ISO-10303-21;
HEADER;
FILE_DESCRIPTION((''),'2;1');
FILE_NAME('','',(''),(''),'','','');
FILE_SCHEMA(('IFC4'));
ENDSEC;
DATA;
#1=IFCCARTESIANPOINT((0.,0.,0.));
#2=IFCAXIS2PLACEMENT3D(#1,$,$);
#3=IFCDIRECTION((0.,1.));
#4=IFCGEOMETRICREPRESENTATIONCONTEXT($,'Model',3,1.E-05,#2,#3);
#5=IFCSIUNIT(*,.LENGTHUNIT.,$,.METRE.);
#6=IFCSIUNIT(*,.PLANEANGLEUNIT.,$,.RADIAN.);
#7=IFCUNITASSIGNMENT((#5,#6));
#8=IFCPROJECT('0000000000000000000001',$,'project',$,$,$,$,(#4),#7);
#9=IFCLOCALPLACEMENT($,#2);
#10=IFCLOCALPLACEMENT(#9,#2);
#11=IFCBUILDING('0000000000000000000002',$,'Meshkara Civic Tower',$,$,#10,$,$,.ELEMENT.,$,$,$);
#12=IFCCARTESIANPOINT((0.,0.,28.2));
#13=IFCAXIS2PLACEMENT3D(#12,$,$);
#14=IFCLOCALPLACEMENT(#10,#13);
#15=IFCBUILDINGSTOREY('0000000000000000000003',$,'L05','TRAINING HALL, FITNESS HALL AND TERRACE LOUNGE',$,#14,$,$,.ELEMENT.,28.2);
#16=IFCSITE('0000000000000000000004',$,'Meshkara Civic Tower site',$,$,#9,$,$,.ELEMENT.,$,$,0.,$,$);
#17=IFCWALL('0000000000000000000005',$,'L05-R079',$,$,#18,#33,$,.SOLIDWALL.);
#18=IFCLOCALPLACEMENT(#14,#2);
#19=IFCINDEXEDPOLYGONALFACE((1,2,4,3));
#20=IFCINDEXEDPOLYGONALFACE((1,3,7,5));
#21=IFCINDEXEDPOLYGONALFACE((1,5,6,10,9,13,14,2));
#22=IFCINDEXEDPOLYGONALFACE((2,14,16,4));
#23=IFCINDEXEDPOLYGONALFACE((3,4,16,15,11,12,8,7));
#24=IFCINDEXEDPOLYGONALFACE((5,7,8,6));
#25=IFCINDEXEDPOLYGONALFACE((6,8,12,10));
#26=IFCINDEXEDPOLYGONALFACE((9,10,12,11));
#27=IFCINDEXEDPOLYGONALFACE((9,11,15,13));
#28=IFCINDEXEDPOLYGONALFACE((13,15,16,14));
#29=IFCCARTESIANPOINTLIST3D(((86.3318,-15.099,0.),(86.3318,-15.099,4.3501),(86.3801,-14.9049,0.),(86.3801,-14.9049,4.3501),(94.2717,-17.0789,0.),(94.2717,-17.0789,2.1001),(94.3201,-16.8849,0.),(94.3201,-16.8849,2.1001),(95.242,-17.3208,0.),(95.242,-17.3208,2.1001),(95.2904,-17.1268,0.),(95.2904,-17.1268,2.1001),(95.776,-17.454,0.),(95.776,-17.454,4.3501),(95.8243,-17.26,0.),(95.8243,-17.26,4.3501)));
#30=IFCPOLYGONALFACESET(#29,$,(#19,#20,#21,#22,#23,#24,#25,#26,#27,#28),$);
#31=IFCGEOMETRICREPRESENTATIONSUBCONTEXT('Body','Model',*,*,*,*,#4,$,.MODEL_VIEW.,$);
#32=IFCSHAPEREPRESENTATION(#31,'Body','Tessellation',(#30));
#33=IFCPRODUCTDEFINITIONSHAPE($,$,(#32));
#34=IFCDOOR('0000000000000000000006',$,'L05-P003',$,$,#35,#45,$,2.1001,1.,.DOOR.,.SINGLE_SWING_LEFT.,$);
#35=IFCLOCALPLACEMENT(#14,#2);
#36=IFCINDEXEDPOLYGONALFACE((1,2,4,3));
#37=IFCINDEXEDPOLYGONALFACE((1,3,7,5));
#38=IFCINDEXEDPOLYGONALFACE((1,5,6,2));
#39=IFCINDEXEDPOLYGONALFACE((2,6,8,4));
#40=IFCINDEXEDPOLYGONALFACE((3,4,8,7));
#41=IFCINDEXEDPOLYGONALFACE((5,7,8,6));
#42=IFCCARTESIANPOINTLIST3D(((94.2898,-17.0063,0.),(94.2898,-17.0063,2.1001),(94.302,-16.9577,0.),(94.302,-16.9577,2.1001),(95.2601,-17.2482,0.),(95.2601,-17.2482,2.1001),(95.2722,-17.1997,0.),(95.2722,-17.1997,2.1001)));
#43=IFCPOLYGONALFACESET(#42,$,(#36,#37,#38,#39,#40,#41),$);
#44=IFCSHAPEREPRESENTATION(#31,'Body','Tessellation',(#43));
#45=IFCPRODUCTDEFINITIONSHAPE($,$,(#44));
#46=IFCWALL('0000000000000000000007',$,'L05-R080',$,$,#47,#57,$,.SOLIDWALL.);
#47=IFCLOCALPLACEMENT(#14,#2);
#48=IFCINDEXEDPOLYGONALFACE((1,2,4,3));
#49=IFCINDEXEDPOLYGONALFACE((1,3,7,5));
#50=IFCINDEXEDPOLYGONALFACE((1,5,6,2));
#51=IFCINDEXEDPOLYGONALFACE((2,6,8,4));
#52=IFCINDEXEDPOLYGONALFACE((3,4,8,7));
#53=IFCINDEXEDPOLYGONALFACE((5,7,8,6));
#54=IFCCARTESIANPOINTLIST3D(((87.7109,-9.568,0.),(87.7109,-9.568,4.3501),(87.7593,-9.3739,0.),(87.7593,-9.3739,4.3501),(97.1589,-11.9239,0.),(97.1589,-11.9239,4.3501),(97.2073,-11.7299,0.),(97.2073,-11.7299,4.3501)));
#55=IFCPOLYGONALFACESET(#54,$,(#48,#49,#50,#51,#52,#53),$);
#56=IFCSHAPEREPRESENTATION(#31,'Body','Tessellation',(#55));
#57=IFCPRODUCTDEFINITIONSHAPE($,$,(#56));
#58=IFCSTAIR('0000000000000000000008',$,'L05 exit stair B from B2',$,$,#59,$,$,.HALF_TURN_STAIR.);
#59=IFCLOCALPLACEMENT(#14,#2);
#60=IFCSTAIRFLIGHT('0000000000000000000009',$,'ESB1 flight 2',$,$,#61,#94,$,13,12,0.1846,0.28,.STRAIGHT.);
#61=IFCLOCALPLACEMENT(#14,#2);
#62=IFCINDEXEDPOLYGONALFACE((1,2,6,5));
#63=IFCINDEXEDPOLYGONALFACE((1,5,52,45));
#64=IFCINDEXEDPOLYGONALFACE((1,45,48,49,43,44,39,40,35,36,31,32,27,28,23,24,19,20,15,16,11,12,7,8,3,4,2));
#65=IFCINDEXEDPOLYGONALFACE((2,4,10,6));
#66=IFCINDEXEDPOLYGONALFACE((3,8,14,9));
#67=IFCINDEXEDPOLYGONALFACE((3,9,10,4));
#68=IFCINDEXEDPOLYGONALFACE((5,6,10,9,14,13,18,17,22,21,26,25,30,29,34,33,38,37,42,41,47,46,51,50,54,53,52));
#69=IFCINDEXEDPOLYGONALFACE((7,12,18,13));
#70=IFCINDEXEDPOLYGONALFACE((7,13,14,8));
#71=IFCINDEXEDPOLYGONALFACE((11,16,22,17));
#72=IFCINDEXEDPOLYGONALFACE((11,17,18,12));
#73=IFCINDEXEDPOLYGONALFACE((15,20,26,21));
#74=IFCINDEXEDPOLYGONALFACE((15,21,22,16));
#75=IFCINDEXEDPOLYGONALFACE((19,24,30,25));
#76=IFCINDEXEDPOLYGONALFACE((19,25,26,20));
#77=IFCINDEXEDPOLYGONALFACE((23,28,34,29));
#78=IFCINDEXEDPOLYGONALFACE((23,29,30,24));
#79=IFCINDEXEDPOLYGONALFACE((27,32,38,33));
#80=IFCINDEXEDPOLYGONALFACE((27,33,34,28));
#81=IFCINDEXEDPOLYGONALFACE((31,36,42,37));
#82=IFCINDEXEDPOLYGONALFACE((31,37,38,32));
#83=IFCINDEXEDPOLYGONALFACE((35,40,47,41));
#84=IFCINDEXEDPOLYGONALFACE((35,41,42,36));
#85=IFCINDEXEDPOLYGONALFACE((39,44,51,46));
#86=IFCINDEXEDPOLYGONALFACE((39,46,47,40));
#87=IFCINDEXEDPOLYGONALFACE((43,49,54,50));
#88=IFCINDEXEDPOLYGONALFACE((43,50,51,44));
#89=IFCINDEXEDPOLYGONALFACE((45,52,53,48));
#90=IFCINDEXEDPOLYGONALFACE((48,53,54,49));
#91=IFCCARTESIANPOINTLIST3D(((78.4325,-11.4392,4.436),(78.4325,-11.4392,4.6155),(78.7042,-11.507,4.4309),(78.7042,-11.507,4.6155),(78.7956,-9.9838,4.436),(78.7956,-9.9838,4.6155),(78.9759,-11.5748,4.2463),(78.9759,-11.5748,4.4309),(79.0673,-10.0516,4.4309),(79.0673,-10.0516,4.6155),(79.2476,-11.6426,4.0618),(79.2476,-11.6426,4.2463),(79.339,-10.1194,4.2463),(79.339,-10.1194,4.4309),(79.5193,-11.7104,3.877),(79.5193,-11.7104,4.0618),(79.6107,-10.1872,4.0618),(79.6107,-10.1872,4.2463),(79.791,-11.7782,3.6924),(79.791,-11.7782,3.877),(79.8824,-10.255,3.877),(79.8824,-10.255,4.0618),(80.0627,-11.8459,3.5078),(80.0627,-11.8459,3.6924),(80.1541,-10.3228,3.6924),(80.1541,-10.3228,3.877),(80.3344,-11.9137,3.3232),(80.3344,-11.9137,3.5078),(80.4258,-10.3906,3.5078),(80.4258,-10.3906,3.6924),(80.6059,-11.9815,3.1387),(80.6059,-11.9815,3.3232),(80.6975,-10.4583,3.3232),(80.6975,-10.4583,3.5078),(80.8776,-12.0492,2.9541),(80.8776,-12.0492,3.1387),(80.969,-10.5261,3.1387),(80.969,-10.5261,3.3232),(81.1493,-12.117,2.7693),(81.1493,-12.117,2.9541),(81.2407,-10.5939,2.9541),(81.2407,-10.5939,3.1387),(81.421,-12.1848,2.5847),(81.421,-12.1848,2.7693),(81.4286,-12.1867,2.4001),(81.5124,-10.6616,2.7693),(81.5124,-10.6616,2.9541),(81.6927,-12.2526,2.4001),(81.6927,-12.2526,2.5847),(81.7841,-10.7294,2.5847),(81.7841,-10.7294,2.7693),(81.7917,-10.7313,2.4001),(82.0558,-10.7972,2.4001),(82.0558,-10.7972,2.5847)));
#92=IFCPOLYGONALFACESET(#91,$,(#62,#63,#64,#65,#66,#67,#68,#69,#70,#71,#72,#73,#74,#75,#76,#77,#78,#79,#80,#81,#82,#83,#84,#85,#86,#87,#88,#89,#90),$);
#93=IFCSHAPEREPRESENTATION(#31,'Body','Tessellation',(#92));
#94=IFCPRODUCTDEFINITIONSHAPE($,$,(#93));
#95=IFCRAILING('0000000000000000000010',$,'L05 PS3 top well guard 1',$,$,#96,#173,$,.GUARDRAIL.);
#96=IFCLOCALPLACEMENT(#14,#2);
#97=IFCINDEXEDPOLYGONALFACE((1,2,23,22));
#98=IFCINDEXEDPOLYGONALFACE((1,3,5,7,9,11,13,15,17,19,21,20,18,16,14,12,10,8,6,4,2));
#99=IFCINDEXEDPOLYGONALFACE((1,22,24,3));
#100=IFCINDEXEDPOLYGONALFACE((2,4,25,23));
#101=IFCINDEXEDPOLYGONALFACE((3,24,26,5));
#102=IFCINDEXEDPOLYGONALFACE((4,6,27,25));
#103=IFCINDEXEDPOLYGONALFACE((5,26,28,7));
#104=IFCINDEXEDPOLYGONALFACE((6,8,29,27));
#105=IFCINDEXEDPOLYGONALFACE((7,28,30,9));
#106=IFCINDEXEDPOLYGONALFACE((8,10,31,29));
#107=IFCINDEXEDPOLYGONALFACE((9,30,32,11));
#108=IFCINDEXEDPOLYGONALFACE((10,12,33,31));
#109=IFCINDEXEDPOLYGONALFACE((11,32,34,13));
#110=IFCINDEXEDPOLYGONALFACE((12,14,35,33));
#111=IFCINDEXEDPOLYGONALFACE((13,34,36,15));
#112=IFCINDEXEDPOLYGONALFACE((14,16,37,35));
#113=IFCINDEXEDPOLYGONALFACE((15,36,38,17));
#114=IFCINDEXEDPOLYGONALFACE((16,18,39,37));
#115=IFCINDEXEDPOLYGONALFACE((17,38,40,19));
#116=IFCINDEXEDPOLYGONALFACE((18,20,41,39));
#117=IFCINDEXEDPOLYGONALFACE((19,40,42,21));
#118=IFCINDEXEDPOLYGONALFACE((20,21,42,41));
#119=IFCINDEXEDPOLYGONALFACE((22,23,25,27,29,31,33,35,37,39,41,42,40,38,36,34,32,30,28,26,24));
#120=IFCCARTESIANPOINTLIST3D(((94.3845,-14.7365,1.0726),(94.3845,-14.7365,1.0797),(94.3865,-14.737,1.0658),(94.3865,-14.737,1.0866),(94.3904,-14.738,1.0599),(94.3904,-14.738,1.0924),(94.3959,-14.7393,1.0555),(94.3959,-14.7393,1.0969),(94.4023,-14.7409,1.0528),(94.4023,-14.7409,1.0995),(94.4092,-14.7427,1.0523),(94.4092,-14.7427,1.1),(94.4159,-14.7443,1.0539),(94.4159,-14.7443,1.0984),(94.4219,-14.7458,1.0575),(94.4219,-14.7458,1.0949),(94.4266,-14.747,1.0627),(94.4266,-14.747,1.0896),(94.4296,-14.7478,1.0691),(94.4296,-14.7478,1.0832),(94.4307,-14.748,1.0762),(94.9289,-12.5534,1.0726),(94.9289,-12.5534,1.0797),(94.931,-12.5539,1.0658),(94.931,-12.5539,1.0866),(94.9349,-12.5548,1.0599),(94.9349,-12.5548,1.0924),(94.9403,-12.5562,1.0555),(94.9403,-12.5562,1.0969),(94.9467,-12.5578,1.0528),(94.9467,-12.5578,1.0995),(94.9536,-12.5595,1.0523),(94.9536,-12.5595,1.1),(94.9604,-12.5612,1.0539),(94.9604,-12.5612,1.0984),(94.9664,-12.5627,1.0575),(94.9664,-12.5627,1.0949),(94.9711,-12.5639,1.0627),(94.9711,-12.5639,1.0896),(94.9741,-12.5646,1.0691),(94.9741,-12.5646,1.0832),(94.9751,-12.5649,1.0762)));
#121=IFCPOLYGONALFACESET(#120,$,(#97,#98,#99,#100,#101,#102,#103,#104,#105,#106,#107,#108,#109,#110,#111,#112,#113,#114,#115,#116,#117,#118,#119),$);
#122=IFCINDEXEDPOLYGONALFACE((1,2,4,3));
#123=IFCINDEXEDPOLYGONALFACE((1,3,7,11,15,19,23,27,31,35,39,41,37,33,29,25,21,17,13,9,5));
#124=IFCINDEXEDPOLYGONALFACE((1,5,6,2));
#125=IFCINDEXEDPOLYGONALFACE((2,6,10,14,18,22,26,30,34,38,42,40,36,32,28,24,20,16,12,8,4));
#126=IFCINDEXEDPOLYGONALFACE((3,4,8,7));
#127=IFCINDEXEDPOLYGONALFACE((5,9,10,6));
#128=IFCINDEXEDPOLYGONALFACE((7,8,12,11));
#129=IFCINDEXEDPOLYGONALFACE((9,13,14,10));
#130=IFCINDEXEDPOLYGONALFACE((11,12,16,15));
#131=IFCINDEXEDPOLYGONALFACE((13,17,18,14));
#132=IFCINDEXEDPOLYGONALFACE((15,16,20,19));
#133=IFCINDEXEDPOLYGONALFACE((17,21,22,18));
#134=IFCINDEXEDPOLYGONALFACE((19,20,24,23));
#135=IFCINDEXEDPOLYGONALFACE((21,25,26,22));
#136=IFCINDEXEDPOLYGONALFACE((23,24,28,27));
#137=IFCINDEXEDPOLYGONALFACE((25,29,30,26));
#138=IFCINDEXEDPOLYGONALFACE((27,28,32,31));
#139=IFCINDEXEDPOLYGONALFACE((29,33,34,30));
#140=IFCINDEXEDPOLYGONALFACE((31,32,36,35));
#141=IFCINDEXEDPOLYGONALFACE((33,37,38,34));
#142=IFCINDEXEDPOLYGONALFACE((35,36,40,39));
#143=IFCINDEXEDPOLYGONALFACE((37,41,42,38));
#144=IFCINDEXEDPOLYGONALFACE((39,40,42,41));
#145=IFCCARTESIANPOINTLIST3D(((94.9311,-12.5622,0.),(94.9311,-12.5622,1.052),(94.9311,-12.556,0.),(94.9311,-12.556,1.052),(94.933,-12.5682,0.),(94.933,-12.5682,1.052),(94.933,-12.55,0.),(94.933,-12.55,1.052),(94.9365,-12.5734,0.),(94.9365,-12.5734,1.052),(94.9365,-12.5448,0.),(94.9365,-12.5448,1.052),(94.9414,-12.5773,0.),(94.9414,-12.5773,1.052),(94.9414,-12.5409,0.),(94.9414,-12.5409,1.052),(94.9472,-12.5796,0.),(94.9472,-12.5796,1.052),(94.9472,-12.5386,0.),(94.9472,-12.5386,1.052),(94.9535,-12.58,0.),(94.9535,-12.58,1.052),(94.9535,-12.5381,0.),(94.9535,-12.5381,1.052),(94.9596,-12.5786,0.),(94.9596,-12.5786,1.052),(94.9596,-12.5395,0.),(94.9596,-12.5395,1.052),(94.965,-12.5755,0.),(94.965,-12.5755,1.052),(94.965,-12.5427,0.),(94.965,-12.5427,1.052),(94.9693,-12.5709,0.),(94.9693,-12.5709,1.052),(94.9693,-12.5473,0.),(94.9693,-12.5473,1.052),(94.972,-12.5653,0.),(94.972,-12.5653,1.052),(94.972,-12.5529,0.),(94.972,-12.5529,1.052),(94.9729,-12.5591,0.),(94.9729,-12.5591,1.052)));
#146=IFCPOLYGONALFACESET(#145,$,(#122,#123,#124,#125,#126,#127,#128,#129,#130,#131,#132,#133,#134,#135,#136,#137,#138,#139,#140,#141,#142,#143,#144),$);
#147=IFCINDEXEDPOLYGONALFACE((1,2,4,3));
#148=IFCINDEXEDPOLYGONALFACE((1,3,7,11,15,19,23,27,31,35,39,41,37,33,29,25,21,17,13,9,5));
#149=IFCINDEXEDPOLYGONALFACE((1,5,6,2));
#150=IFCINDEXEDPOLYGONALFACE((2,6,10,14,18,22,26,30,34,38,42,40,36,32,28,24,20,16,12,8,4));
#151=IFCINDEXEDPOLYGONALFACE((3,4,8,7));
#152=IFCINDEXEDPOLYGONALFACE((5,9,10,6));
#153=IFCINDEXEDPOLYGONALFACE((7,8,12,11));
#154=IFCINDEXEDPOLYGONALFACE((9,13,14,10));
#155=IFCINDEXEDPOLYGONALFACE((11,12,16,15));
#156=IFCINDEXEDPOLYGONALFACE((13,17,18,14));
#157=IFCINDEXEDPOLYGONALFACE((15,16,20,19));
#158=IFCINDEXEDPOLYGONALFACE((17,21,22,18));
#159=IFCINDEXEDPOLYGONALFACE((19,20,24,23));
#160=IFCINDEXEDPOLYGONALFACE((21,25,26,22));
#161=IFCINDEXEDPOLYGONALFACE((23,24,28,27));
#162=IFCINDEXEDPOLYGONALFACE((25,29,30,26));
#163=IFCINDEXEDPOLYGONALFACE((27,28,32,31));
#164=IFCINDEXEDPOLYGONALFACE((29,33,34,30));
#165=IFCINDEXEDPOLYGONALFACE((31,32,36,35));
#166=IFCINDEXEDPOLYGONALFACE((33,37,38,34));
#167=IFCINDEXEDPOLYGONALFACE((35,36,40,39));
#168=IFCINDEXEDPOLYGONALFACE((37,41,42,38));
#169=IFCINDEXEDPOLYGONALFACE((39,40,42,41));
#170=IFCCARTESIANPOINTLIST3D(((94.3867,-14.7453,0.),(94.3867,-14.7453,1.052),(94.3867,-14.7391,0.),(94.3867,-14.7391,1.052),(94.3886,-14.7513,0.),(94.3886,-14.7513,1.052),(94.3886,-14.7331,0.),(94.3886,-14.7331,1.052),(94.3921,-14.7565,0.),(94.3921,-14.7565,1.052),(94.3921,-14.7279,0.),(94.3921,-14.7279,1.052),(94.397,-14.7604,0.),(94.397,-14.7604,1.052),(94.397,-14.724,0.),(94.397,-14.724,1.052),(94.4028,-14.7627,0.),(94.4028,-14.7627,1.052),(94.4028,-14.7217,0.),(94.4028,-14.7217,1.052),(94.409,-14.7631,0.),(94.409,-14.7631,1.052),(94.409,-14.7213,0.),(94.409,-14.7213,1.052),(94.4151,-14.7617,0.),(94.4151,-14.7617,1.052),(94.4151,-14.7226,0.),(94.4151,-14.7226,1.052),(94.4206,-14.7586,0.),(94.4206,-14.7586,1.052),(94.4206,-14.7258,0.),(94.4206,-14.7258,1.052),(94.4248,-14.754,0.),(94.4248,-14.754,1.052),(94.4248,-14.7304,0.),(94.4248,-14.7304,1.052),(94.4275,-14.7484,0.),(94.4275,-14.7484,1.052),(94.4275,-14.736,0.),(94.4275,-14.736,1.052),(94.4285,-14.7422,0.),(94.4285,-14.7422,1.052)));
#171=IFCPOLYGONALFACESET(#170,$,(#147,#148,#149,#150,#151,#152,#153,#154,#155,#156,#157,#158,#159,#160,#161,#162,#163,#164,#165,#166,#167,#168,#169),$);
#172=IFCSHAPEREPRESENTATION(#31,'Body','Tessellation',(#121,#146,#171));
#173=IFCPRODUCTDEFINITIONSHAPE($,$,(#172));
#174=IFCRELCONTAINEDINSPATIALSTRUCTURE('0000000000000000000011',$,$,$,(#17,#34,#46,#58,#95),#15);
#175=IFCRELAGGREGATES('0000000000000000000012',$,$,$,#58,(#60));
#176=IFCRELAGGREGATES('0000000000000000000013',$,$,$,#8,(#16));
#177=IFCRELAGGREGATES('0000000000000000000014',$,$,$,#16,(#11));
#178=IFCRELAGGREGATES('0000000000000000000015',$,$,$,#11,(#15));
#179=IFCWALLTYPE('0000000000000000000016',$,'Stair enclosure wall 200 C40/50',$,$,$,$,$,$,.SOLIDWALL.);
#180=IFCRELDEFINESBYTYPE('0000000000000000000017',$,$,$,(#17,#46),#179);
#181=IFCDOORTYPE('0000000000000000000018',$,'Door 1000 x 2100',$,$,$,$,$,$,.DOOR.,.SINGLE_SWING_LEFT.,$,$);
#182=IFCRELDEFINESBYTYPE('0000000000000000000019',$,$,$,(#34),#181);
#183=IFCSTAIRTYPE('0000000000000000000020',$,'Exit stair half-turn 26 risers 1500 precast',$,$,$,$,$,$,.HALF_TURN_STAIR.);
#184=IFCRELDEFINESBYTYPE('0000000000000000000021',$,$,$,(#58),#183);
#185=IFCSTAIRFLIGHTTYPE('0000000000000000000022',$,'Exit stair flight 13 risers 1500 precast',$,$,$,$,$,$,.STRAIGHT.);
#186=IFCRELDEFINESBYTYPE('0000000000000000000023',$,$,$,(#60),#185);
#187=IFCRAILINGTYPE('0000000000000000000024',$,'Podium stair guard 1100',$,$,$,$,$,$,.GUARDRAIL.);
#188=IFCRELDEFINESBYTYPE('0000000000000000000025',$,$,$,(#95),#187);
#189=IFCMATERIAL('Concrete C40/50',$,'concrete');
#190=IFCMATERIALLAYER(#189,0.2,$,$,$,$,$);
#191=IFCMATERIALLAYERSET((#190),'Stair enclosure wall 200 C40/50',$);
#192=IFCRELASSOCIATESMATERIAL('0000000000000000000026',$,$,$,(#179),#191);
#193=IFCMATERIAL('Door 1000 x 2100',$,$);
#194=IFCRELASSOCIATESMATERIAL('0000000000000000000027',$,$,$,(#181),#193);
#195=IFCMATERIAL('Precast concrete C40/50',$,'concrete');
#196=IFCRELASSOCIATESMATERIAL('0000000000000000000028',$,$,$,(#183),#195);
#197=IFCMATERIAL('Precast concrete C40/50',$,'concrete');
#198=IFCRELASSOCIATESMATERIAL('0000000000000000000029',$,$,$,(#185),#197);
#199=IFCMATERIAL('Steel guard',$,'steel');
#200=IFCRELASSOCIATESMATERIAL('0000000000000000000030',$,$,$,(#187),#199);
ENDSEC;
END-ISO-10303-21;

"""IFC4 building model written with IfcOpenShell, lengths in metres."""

from ifc_helpers import new_model, si_unit, direction, frame, frame_2d, origin, origin_2d, place, context, subcontext, project, spatial, polyline, rectangle, circle, outline, extrude, material, layer, layer_set, type_object, element, fill, aggregate, save


model = new_model("IFC4")

# Units and contexts
model_context = context("Model", 3, precision=1e-05, world=origin(), true_north=direction((0.0, 1.0)))
body_context = subcontext(model_context, "Body", "Model", "MODEL_VIEW")
ifc_project = project(units=[si_unit("LENGTHUNIT", "METRE"), si_unit("PLANEANGLEUNIT", "RADIAN")], contexts=[model_context])

# Site, building, storey
site_placement = place(None, origin())
site = spatial("IfcSite", under=ifc_project, at=site_placement, Name="Meshkara Civic Tower site", CompositionType="ELEMENT", RefElevation=0.0)
building_placement = place(site_placement, origin())
building = spatial("IfcBuilding", under=site, at=building_placement, Name="Meshkara Civic Tower", CompositionType="ELEMENT")
storey_placement = place(building_placement, frame((0.0, 0.0, 28.2)))
storey = spatial("IfcBuildingStorey", under=building, at=storey_placement, Name="L05", Description="TRAINING HALL, FITNESS HALL AND TERRACE LOUNGE", CompositionType="ELEMENT", Elevation=28.2)

# Shared definitions
ifc_material_1 = material(Name="Concrete C40/50", Category="concrete")
ifc_layer_1 = layer(ifc_material_1, 0.2)
ifc_layer_set_1 = layer_set([ifc_layer_1], Name="Stair enclosure wall 200 C40/50")
wall_type_1 = type_object("IfcWallType", Name="Stair enclosure wall 200 C40/50", PredefinedType="SOLIDWALL", material=ifc_layer_set_1)

# Wall, opening, door
wall_1_placement = place(storey_placement, frame((86.356, -15.002, 0.0), z_axis=(0.0, 0.0, 1.0), x_axis=(0.970288, -0.241951, 0.0)))
wall_1 = element("IfcWall", 1, at=wall_1_placement, inside=storey, type_object=wall_type_1, Name="L05-R079", PredefinedType="SOLIDWALL", context=body_context, shape_type="SweptSolid", body=[
    extrude(rectangle(XDim=9.7334, YDim=0.2, at=frame_2d((4.8667, 0.0))), origin(), (0.0, 0.0, 1.0), 4.3501),
])
opening_1_placement = place(wall_1_placement, frame((8.1831, 0.0, 0.0)))
opening_1 = element("IfcOpeningElement", 2, at=opening_1_placement, cuts=wall_1, PredefinedType="OPENING", context=body_context, shape_type="SweptSolid", body=[
    extrude(rectangle(XDim=1.0, YDim=2.1001, at=frame_2d((0.5, 1.05))), frame((0.0, 0.1099, 0.0), z_axis=(0.0, -1.0, 0.0), x_axis=(1.0, 0.0, 0.0)), (0.0, 0.0, 1.0), 0.22),
])
ifc_material_2 = material(Name="Door 1000 x 2100")
door_type_1 = type_object("IfcDoorType", Name="Door 1000 x 2100", OperationType="SINGLE_SWING_LEFT", PredefinedType="DOOR", material=ifc_material_2)
door_1_placement = place(opening_1_placement, origin())
door_1 = element("IfcDoor", 3, at=door_1_placement, inside=storey, type_object=door_type_1, Name="L05-P003", OperationType="SINGLE_SWING_LEFT", OverallHeight=2.1001, OverallWidth=1.0, PredefinedType="DOOR", context=body_context, shape_type="SweptSolid", body=[
    extrude(rectangle(XDim=1.0, YDim=2.1001, at=frame_2d((0.5, 1.05))), frame((0.0, 0.0249, 0.0), z_axis=(0.0, -1.0, 0.0), x_axis=(1.0, 0.0, 0.0)), (0.0, 0.0, 1.0), 0.05),
])
fill(opening_1, door_1)

# Wall
wall_2_placement = place(storey_placement, frame((97.1831, -11.8269, 0.0), z_axis=(0.0, 0.0, 1.0), x_axis=(-0.970288, 0.241952, 0.0)))
element("IfcWall", 4, at=wall_2_placement, inside=storey, type_object=wall_type_1, Name="L05-R080", PredefinedType="SOLIDWALL", context=body_context, shape_type="SweptSolid", body=[
    extrude(rectangle(XDim=9.7373, YDim=0.2, at=frame_2d((4.8687, 0.0))), origin(), (0.0, 0.0, 1.0), 4.3501),
])

# Stair, stair flight
ifc_material_3 = material(Name="Precast concrete C40/50", Category="concrete")
stair_type = type_object("IfcStairType", Name="Exit stair half-turn 26 risers 1500 precast", PredefinedType="HALF_TURN_STAIR", material=ifc_material_3)
stair_placement = place(storey_placement, origin())
stair = element("IfcStair", 5, at=stair_placement, inside=storey, type_object=stair_type, Name="L05 exit stair B from B2", PredefinedType="HALF_TURN_STAIR")
ifc_material_4 = material(Name="Precast concrete C40/50", Category="concrete")
stair_flight_type = type_object("IfcStairFlightType", Name="Exit stair flight 13 risers 1500 precast", PredefinedType="STRAIGHT", material=ifc_material_4)
stair_flight_placement = place(storey_placement, frame((81.8743, -11.5249, 2.4001), z_axis=(0.0, 0.0, 1.0), x_axis=(-0.97026, 0.242065, 0.0)))
stair_flight = element("IfcStairFlight", 6, at=stair_flight_placement, type_object=stair_flight_type, Name="ESB1 flight 2", NumberOfRisers=13, NumberOfTreads=12, PredefinedType="STRAIGHT", RiserHeight=0.1846, TreadLength=0.28, context=body_context, shape_type="SweptSolid", body=[
    extrude(outline(polyline([(0.0, 0.0), (0.0, 0.1846), (0.28, 0.1846), (0.28, 0.3691), (0.5601, 0.3691), (0.5601, 0.554), (0.8401, 0.554), (0.8401, 0.7385), (1.1201, 0.7385), (1.1201, 0.9231), (1.3999, 0.9231), (1.3999, 1.1077), (1.6799, 1.1077), (1.6799, 1.2922), (1.96, 1.2922), (1.96, 1.4768), (2.24, 1.4768), (2.24, 1.6616), (2.52, 1.6616), (2.52, 1.8462), (2.8, 1.8462), (2.8, 2.0308), (3.0801, 2.0308), (3.0801, 2.2153), (3.3601, 2.2153), (3.3601, 2.3999), (3.3601, 2.0359), (0.2722, 0.0), (0.0, 0.0)])), frame((0.0, 0.75, 0.0), z_axis=(0.0, -1.0, 0.0), x_axis=(1.0, 0.0, 0.0)), (0.0, 0.0, 1.0), 1.5),
])
aggregate(stair, [stair_flight])

# Railing
ifc_material_5 = material(Name="Steel guard", Category="steel")
railing_type = type_object("IfcRailingType", Name="Podium stair guard 1100", PredefinedType="GUARDRAIL", material=ifc_material_5)
railing_1_placement = place(storey_placement, frame((94.9519, -12.5591, 0.0)))
element("IfcRailing", 7, at=railing_1_placement, inside=storey, type_object=railing_type, Name="L05 PS3 top well guard 1", PredefinedType="GUARDRAIL", context=body_context, shape_type="SweptSolid", body=[
    extrude(circle(Radius=0.0239, at=origin_2d()), frame((0.0, 0.0, 1.0762), z_axis=(-0.241974, -0.970283, 0.0), x_axis=(0.970283, -0.241974, 0.0)), (0.0, 0.0, 1.0), 2.25),
    extrude(circle(Radius=0.021, at=origin_2d()), origin(), (0.0, 0.0, 1.0), 1.052),
    extrude(circle(Radius=0.021, at=origin_2d()), frame((-0.5444, -2.1831, 0.0)), (0.0, 0.0, 1.0), 1.052),
])

save(model, "model.ifc")
